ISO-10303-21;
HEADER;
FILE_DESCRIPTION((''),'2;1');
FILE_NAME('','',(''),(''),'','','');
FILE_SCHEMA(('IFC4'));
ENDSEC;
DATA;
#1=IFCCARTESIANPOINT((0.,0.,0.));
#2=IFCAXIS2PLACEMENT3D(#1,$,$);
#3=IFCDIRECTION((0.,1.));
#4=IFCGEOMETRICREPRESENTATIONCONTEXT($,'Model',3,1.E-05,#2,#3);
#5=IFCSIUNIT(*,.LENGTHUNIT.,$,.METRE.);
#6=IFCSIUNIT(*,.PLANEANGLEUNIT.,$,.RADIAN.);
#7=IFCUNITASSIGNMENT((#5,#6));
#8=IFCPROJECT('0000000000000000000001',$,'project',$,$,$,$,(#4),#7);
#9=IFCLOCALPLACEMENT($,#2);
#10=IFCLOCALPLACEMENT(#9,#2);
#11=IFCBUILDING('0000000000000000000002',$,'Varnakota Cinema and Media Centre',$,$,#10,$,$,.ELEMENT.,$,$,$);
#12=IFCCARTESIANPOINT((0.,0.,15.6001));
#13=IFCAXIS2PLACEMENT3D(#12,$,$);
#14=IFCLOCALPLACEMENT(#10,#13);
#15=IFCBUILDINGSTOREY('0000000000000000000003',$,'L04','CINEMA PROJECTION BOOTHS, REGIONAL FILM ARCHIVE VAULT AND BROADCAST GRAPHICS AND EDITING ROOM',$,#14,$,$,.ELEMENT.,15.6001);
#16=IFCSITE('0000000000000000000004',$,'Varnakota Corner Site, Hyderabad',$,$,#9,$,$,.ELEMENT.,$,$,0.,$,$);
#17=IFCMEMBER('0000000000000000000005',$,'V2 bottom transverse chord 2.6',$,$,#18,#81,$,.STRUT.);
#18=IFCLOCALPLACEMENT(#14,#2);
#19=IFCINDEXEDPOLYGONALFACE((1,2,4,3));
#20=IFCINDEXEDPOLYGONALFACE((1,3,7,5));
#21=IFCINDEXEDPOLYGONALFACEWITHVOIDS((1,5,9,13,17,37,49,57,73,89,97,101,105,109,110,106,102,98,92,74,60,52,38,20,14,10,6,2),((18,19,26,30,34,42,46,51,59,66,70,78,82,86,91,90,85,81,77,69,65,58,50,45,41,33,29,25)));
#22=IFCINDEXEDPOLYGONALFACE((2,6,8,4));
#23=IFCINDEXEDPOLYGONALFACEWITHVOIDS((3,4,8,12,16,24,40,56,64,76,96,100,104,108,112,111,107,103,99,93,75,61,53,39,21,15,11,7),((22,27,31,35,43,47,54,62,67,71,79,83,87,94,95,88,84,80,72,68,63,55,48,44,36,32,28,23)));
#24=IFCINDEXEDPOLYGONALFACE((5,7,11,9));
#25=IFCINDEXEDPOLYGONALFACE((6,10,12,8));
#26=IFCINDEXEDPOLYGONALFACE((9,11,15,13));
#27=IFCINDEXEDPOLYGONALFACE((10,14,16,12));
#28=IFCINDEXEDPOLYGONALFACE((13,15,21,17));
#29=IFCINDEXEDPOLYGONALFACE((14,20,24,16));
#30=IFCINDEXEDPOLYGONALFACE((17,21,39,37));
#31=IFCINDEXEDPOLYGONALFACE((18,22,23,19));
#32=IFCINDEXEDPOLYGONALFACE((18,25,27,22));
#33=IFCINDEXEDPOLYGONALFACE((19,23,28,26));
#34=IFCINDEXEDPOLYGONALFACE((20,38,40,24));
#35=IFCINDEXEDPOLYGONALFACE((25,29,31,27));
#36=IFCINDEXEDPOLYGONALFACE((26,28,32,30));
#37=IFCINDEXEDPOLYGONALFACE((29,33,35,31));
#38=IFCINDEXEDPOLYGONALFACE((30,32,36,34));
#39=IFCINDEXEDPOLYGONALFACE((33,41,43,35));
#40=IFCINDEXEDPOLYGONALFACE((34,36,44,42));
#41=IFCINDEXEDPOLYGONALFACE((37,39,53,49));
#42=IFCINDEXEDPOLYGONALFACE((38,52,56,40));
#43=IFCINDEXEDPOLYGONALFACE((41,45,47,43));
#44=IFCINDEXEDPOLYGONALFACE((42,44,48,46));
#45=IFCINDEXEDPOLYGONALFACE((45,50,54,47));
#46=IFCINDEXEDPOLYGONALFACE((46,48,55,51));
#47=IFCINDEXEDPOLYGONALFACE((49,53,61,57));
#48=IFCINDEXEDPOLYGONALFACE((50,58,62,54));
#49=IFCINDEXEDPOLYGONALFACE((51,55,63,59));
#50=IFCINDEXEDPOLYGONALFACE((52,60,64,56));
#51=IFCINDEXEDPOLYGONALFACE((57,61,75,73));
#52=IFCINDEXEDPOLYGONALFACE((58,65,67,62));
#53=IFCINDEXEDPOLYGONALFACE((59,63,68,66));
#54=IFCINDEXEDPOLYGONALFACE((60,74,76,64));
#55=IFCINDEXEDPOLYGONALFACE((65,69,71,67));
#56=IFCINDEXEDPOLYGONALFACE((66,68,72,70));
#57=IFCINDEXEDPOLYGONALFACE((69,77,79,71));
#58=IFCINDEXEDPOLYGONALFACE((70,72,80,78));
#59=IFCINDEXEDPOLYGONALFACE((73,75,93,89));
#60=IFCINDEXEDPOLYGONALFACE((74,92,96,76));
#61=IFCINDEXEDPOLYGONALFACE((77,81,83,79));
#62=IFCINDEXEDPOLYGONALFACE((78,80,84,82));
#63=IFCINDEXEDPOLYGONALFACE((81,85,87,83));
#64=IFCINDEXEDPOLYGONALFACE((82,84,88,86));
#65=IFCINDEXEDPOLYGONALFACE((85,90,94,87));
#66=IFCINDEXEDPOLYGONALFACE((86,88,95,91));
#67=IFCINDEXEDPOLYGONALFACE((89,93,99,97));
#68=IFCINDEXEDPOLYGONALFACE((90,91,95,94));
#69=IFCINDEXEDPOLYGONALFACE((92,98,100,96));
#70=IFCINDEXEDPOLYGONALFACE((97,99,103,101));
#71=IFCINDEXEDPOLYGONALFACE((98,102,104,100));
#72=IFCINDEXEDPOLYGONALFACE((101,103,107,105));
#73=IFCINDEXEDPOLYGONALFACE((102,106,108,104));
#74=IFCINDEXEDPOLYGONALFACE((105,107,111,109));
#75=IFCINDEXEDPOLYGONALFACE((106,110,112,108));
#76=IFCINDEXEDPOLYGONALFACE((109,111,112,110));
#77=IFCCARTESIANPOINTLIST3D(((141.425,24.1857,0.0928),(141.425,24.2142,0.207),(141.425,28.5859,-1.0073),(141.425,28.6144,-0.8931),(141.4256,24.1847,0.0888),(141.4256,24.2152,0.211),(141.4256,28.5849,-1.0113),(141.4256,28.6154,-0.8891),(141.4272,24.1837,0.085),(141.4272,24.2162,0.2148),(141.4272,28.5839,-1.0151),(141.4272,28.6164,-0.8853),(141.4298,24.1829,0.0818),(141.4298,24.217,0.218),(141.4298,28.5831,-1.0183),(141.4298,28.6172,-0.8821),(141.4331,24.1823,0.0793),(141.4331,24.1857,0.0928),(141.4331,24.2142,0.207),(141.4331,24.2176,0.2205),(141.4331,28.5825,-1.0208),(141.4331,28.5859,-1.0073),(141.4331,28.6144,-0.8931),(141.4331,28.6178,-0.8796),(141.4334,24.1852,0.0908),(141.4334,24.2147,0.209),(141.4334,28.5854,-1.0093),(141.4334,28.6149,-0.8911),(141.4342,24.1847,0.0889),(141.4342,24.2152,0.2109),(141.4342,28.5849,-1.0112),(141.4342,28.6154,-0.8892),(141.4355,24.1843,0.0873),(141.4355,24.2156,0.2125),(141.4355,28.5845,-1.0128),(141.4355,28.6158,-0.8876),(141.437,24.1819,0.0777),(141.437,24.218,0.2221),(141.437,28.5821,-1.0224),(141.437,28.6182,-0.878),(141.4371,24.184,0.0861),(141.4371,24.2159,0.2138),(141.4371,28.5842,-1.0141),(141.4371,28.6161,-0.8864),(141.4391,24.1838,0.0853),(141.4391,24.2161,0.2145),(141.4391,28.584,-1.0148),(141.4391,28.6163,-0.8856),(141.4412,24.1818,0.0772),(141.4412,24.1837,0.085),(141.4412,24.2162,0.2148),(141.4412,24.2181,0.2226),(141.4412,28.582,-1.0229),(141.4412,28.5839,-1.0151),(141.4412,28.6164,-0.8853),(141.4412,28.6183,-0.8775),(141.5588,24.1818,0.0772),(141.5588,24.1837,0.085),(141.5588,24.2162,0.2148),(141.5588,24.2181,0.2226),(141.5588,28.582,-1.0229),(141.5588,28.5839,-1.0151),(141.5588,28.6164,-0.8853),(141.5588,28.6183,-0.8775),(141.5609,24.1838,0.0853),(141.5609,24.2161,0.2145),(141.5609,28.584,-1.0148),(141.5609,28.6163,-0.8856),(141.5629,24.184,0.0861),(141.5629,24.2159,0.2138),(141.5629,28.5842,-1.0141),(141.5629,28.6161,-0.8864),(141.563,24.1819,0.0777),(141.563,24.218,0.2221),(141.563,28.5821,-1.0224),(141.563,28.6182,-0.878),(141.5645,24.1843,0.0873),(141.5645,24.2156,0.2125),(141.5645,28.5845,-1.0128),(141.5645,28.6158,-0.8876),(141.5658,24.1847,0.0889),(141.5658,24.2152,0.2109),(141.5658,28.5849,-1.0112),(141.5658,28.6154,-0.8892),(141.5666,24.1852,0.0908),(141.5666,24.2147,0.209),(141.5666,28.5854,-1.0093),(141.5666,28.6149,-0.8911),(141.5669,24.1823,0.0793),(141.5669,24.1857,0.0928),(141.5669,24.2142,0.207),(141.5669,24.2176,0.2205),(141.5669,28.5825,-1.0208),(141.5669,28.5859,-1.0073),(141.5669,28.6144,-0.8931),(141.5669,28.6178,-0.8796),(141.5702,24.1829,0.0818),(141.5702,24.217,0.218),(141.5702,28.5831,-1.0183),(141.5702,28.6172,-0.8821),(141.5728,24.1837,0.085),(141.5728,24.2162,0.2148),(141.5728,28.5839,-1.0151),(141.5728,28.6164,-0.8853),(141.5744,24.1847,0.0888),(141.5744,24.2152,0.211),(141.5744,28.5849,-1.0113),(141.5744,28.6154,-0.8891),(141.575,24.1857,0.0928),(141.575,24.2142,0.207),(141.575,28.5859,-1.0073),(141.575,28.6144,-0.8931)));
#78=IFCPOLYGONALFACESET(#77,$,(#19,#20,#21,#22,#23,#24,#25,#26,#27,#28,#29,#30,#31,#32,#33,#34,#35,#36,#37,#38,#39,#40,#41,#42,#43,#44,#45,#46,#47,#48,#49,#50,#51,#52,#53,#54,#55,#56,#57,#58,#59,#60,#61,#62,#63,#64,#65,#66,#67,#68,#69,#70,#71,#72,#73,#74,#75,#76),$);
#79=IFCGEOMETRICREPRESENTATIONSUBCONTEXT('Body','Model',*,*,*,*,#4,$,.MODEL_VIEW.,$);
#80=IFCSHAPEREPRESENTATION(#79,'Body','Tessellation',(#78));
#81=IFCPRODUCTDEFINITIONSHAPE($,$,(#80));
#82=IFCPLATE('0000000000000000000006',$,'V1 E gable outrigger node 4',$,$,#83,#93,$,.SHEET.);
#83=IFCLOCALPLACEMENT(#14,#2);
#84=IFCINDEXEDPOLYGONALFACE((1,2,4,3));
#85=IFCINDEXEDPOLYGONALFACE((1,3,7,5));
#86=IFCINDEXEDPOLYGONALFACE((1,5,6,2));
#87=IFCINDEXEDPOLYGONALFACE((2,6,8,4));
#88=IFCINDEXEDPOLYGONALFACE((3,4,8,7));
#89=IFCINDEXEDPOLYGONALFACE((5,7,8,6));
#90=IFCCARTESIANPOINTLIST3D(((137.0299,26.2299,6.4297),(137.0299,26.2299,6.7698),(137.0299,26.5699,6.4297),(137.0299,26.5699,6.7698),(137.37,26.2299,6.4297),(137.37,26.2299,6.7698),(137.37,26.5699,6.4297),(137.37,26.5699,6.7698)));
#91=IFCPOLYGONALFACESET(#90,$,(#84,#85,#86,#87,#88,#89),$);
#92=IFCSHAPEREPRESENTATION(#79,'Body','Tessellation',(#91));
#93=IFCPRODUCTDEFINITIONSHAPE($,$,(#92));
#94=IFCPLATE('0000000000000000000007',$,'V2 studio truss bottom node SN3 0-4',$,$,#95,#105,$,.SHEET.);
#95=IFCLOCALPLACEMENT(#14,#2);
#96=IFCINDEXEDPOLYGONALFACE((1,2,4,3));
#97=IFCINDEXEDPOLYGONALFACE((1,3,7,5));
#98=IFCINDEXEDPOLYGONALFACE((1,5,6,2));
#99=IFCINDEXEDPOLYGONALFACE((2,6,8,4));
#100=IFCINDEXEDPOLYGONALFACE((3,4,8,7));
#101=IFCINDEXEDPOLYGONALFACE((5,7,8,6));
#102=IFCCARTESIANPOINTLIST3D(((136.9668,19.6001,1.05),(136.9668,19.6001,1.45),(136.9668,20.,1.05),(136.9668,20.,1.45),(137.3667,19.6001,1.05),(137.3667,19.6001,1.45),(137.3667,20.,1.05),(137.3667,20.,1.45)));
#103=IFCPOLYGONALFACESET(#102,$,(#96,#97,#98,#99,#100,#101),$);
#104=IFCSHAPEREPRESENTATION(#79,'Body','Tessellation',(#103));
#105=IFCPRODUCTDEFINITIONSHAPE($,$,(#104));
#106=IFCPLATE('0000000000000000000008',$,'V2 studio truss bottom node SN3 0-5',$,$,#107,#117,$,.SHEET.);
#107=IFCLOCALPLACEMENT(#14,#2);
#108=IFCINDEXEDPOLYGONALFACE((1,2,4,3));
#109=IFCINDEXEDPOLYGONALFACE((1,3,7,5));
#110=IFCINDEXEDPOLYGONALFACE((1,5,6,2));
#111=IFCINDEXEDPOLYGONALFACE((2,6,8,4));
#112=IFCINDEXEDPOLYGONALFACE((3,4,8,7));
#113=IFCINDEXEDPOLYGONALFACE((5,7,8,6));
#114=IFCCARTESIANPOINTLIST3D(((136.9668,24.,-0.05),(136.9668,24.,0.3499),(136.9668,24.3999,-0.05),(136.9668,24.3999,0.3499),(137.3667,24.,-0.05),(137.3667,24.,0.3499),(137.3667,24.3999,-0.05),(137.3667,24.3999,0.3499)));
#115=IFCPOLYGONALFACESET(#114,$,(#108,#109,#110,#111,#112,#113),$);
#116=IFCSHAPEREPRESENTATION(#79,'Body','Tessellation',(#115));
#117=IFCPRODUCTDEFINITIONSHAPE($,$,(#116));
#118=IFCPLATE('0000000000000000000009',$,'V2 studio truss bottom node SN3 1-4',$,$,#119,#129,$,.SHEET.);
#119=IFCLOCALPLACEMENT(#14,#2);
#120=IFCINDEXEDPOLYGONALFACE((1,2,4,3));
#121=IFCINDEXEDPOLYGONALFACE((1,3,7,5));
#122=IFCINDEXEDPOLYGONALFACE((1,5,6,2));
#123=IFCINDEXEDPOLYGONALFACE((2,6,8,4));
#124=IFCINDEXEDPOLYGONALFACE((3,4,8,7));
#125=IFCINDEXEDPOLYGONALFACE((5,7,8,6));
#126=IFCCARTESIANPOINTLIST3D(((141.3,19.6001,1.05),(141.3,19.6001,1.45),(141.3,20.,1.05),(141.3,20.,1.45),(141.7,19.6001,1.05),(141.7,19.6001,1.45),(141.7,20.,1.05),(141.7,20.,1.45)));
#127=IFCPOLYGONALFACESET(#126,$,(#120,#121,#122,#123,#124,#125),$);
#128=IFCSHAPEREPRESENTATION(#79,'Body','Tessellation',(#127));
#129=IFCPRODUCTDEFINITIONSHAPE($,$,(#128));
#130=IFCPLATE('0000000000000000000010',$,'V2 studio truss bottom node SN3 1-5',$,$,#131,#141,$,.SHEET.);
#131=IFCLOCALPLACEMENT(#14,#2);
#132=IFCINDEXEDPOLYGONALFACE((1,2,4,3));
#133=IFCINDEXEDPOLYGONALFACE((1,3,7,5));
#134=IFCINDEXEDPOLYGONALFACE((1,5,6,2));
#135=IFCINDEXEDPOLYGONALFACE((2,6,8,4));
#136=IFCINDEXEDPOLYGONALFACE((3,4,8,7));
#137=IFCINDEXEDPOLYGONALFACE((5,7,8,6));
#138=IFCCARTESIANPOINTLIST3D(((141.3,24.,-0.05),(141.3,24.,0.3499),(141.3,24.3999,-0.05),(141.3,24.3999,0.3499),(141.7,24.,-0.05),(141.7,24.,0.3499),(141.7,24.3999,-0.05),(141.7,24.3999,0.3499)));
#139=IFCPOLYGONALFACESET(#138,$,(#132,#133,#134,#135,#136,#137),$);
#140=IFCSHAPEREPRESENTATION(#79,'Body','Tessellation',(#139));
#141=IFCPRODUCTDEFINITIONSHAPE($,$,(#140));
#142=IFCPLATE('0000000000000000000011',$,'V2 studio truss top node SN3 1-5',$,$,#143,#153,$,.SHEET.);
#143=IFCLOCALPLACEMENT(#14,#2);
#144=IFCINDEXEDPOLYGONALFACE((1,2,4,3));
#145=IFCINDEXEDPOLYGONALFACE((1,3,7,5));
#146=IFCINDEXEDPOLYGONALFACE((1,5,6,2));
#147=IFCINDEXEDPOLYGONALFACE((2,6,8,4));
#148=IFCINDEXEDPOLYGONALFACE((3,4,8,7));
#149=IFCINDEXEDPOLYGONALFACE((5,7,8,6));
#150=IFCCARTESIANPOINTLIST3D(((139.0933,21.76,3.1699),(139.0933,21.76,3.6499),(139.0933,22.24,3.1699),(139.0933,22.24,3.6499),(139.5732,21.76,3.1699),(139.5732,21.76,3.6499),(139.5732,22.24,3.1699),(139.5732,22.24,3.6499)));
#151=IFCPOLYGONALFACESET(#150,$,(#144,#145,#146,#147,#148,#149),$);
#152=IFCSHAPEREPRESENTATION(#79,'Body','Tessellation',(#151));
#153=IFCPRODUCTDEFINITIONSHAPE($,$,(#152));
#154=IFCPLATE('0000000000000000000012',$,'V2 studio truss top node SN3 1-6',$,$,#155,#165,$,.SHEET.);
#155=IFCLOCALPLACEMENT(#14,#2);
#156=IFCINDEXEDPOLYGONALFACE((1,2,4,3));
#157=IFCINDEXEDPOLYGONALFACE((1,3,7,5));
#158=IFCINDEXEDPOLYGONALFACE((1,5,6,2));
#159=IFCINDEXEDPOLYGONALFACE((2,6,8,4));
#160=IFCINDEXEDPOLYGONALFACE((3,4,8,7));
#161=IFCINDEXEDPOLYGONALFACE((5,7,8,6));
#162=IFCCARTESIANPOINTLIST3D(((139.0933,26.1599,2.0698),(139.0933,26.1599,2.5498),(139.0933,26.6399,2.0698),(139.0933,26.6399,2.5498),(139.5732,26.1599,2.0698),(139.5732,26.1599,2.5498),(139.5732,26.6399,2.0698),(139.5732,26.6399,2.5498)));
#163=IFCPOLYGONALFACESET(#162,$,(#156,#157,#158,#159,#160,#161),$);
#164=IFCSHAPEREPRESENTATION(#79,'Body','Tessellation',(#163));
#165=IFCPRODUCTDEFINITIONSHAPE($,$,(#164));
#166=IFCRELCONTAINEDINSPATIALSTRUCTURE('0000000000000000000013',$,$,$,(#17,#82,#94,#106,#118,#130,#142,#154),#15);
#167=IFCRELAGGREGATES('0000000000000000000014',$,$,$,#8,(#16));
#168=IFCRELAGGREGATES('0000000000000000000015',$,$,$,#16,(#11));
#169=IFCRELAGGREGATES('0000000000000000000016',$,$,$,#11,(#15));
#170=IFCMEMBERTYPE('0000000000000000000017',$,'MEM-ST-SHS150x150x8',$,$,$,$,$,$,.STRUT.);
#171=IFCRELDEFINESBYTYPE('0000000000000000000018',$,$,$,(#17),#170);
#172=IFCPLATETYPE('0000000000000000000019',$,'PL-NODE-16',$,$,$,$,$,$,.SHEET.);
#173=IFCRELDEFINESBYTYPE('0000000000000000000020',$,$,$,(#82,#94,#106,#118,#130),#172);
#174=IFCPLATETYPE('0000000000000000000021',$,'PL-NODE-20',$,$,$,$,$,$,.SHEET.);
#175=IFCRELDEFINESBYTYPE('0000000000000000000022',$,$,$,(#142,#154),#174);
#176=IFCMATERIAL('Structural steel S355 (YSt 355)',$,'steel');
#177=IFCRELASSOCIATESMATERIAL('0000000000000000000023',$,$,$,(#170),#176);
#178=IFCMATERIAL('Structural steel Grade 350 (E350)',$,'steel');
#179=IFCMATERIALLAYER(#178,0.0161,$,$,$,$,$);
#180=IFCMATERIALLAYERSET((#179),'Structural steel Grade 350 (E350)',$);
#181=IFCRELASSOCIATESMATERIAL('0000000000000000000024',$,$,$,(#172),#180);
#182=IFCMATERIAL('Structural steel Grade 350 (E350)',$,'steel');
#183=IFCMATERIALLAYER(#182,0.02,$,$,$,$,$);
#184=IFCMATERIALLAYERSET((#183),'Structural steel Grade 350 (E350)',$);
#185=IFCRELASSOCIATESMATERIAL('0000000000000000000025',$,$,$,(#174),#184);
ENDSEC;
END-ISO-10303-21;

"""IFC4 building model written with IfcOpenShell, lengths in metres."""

from ifc_helpers import new_model, si_unit, direction, frame, origin, origin_2d, place, context, subcontext, project, spatial, rectangle, hollow_rectangle, extrude, material, layer, layer_set, material_profile, profile_set, type_object, element, save


model = new_model("IFC4")

# Units and contexts
model_context = context("Model", 3, precision=1e-05, world=origin(), true_north=direction((0.0, 1.0)))
body_context = subcontext(model_context, "Body", "Model", "MODEL_VIEW")
ifc_project = project(units=[si_unit("LENGTHUNIT", "METRE"), si_unit("PLANEANGLEUNIT", "RADIAN")], contexts=[model_context])

# Site, building, storey
site_placement = place(None, origin())
site = spatial("IfcSite", under=ifc_project, at=site_placement, Name="Varnakota Corner Site, Hyderabad", CompositionType="ELEMENT", RefElevation=0.0)
building_placement = place(site_placement, origin())
building = spatial("IfcBuilding", under=site, at=building_placement, Name="Varnakota Cinema and Media Centre", CompositionType="ELEMENT")
storey_placement = place(building_placement, frame((0.0, 0.0, 15.6001)))
storey = spatial("IfcBuildingStorey", under=building, at=storey_placement, Name="L04", Description="CINEMA PROJECTION BOOTHS, REGIONAL FILM ARCHIVE VAULT AND BROADCAST GRAPHICS AND EDITING ROOM", CompositionType="ELEMENT", Elevation=15.6001)

# Member
ifc_material_1 = material(Name="Structural steel S355 (YSt 355)", Category="steel")
ifc_material_profile_1 = material_profile(ifc_material_1, hollow_rectangle(XDim=0.1499, YDim=0.1499, WallThickness=0.0081, InnerFilletRadius=0.0081, OuterFilletRadius=0.0161, at=origin_2d()), Name="SHS 150x150x8")
ifc_profile_set_1 = profile_set([ifc_material_profile_1], Name="Structural steel S355 (YSt 355)")
member_type_1 = type_object("IfcMemberType", Name="MEM-ST-SHS150x150x8", PredefinedType="STRUT", material=ifc_profile_set_1)
member_1_placement = place(storey_placement, frame((141.5, 24.2, 0.1499), z_axis=(0.0, 0.970139, -0.242548), x_axis=(-1.0, 0.0, 0.0)))
element("IfcMember", 1, at=member_1_placement, inside=storey, type_object=member_type_1, Name="V2 bottom transverse chord 2.6", PredefinedType="STRUT", context=body_context, shape_type="SweptSolid", body=[
    extrude(hollow_rectangle(XDim=0.1499, YDim=0.1499, WallThickness=0.0081, InnerFilletRadius=0.0081, OuterFilletRadius=0.0161, at=origin_2d()), origin(), (0.0, 0.0, 1.0), 4.5356),
])

# Plates
ifc_material_2 = material(Name="Structural steel Grade 350 (E350)", Category="steel")
ifc_layer_1 = layer(ifc_material_2, 0.0161)
ifc_layer_set_1 = layer_set([ifc_layer_1], Name="Structural steel Grade 350 (E350)")
plate_type_1 = type_object("IfcPlateType", Name="PL-NODE-16", PredefinedType="SHEET", material=ifc_layer_set_1)
plate_placement = place(storey_placement, frame((137.2, 26.3999, 6.4297), z_axis=(0.0, 0.0, 1.0), x_axis=(1.0, 0.0, 0.0)))
element("IfcPlate", 2, at=plate_placement, inside=storey, type_object=plate_type_1, Name="V1 E gable outrigger node 4", PredefinedType="SHEET", context=body_context, shape_type="SweptSolid", body=[
    extrude(rectangle(XDim=0.3401, YDim=0.3401, at=origin_2d()), origin(), (0.0, 0.0, 1.0), 0.3401),
])
for number, where, z_axis, x_axis, name in (
    (3, (137.1667, 19.8, 1.05), (0.0, 0.0, 1.0), (1.0, 0.0, 0.0), "V2 studio truss bottom node SN3 0-4"),
    (4, (137.1667, 24.2, -0.05), (0.0, 0.0, 1.0), (1.0, 0.0, 0.0), "V2 studio truss bottom node SN3 0-5"),
    (5, (141.5, 19.8, 1.05), (0.0, 0.0, 1.0), (1.0, 0.0, 0.0), "V2 studio truss bottom node SN3 1-4"),
    (6, (141.5, 24.2, -0.05), (0.0, 0.0, 1.0), (1.0, 0.0, 0.0), "V2 studio truss bottom node SN3 1-5"),
):
    element("IfcPlate", number, at=place(storey_placement, frame(where, z_axis=z_axis, x_axis=x_axis)), inside=storey, type_object=plate_type_1, Name=name, PredefinedType="SHEET", context=body_context, shape_type="SweptSolid", body=[
        extrude(rectangle(XDim=0.3999, YDim=0.3999, at=origin_2d()), origin(), (0.0, 0.0, 1.0), 0.3999),
    ])
ifc_material_3 = material(Name="Structural steel Grade 350 (E350)", Category="steel")
ifc_layer_2 = layer(ifc_material_3, 0.02)
ifc_layer_set_2 = layer_set([ifc_layer_2], Name="Structural steel Grade 350 (E350)")
plate_type_2 = type_object("IfcPlateType", Name="PL-NODE-20", PredefinedType="SHEET", material=ifc_layer_set_2)
for number, where, z_axis, x_axis, name in (
    (7, (139.3333, 22.0, 3.1699), (0.0, 0.0, 1.0), (1.0, 0.0, 0.0), "V2 studio truss top node SN3 1-5"),
    (8, (139.3333, 26.3999, 2.0698), (0.0, 0.0, 1.0), (1.0, 0.0, 0.0), "V2 studio truss top node SN3 1-6"),
):
    element("IfcPlate", number, at=place(storey_placement, frame(where, z_axis=z_axis, x_axis=x_axis)), inside=storey, type_object=plate_type_2, Name=name, PredefinedType="SHEET", context=body_context, shape_type="SweptSolid", body=[
        extrude(rectangle(XDim=0.48, YDim=0.48, at=origin_2d()), origin(), (0.0, 0.0, 1.0), 0.48),
    ])

save(model, "model.ifc")
